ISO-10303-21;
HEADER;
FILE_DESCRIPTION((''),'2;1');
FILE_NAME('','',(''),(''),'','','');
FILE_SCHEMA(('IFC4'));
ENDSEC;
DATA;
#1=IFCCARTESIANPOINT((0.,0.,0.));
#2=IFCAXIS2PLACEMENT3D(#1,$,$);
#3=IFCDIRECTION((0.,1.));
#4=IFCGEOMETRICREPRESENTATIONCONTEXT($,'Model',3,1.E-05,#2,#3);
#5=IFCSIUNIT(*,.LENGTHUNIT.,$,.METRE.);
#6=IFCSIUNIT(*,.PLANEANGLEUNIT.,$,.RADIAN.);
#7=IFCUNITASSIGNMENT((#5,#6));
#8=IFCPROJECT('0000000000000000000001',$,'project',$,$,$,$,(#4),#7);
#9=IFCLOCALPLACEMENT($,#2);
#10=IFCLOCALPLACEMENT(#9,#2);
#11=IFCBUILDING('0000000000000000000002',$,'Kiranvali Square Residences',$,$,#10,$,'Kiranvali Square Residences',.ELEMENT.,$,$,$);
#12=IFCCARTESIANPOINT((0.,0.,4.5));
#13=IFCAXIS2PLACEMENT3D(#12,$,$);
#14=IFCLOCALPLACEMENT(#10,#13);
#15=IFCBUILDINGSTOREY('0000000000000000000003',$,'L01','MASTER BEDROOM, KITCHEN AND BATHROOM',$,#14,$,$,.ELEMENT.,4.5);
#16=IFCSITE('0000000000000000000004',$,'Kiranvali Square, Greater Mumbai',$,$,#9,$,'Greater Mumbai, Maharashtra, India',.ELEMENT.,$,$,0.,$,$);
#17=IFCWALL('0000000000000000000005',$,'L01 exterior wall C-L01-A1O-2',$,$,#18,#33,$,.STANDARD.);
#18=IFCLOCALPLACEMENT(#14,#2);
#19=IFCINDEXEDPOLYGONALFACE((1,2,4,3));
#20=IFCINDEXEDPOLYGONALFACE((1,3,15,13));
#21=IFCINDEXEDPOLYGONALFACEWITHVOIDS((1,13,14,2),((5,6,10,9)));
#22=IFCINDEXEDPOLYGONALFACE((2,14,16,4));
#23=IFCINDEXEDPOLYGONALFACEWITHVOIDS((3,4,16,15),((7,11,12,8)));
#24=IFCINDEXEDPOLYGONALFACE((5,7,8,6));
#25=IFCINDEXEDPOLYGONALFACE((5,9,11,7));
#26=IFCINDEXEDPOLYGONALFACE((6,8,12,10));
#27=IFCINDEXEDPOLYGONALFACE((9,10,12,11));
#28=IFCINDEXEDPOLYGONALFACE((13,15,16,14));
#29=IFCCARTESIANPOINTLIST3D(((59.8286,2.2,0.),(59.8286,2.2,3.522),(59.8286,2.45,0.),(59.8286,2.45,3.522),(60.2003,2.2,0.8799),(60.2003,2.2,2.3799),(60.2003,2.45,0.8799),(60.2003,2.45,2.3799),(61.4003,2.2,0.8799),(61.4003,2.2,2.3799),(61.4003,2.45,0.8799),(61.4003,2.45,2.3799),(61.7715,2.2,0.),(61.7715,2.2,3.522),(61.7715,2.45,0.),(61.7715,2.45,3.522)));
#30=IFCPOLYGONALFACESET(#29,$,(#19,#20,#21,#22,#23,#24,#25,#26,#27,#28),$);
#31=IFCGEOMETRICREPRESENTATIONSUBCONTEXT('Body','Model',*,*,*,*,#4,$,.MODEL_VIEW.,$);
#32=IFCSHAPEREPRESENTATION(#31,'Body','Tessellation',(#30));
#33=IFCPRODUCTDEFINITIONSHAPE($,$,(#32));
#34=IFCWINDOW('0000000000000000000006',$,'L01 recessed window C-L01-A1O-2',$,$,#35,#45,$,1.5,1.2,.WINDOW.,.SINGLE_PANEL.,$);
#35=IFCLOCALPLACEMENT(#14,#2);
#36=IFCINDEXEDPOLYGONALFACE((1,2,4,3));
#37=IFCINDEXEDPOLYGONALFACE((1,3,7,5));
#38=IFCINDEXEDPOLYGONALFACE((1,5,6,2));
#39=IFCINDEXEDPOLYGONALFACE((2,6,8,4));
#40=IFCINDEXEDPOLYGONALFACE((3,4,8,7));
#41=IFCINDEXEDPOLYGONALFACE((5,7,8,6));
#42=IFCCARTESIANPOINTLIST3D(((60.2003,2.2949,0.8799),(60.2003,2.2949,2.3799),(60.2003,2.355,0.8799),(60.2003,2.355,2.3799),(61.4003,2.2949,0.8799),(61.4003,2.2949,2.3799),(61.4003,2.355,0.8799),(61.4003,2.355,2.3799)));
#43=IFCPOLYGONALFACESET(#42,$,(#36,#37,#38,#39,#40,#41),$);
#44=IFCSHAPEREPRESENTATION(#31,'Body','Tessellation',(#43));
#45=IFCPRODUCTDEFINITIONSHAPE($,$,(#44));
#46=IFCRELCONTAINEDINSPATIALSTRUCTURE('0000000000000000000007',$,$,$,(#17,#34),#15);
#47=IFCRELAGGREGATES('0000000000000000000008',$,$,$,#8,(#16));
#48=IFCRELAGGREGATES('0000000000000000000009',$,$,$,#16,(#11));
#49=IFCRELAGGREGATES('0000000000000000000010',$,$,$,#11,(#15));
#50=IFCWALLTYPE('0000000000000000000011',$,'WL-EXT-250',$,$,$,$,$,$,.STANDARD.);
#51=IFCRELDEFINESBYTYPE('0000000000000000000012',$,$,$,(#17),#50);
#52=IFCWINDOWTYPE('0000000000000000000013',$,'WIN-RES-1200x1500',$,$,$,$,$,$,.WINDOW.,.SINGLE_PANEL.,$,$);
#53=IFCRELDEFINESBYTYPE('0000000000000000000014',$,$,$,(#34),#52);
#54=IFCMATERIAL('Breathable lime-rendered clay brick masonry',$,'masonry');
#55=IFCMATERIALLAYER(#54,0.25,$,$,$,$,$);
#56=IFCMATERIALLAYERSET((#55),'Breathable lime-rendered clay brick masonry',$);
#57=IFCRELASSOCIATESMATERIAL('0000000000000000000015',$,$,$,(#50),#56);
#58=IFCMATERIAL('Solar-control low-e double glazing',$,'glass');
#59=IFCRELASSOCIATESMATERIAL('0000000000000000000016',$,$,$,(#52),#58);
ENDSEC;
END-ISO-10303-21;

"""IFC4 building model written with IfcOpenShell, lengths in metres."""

from ifc_helpers import new_model, si_unit, direction, frame, frame_2d, origin, place, context, subcontext, project, spatial, rectangle, extrude, material, layer, layer_set, type_object, element, fill, save


model = new_model("IFC4")

# Units and contexts
model_context = context("Model", 3, precision=1e-05, world=origin(), true_north=direction((0.0, 1.0)))
body_context = subcontext(model_context, "Body", "Model", "MODEL_VIEW")
ifc_project = project(units=[si_unit("LENGTHUNIT", "METRE"), si_unit("PLANEANGLEUNIT", "RADIAN")], contexts=[model_context])

# Site, building, storey
site_placement = place(None, origin())
site = spatial("IfcSite", under=ifc_project, at=site_placement, Name="Kiranvali Square, Greater Mumbai", LongName="Greater Mumbai, Maharashtra, India", CompositionType="ELEMENT", RefElevation=0.0)
building_placement = place(site_placement, origin())
building = spatial("IfcBuilding", under=site, at=building_placement, Name="Kiranvali Square Residences", LongName="Kiranvali Square Residences", CompositionType="ELEMENT")
storey_placement = place(building_placement, frame((0.0, 0.0, 4.5)))
storey = spatial("IfcBuildingStorey", under=building, at=storey_placement, Name="L01", Description="MASTER BEDROOM, KITCHEN AND BATHROOM", CompositionType="ELEMENT", Elevation=4.5)

# Shared definitions
ifc_material_1 = material(Name="Solar-control low-e double glazing", Category="glass")

# Wall, opening, window
ifc_material_2 = material(Name="Breathable lime-rendered clay brick masonry", Category="masonry")
ifc_layer_1 = layer(ifc_material_2, 0.25)
ifc_layer_set_1 = layer_set([ifc_layer_1], Name="Breathable lime-rendered clay brick masonry")
wall_type = type_object("IfcWallType", Name="WL-EXT-250", PredefinedType="STANDARD", material=ifc_layer_set_1)
wall_placement = place(storey_placement, frame((59.8286, 2.325, 0.0), z_axis=(0.0, 0.0, 1.0), x_axis=(1.0, 0.0, 0.0)))
wall = element("IfcWall", 1, at=wall_placement, inside=storey, type_object=wall_type, Name="L01 exterior wall C-L01-A1O-2", PredefinedType="STANDARD", context=body_context, shape_type="SweptSolid", body=[
    extrude(rectangle(XDim=1.9429, YDim=0.25, at=frame_2d((0.9714, 0.0))), origin(), (0.0, 0.0, 1.0), 3.522),
])
opening_placement = place(wall_placement, frame((0.3716, 0.0, 0.8799)))
opening = element("IfcOpeningElement", 2, at=opening_placement, cuts=wall, PredefinedType="OPENING", context=body_context, shape_type="SweptSolid", body=[
    extrude(rectangle(XDim=1.2, YDim=1.5, at=frame_2d((0.6001, 0.75))), frame((0.0, 0.135, 0.0), z_axis=(0.0, -1.0, 0.0), x_axis=(1.0, 0.0, 0.0)), (0.0, 0.0, 1.0), 0.27),
])
window_type = type_object("IfcWindowType", Name="WIN-RES-1200x1500", PartitioningType="SINGLE_PANEL", PredefinedType="WINDOW", material=ifc_material_1)
window_placement = place(opening_placement, origin())
window = element("IfcWindow", 3, at=window_placement, inside=storey, type_object=window_type, Name="L01 recessed window C-L01-A1O-2", OverallHeight=1.5, OverallWidth=1.2, PartitioningType="SINGLE_PANEL", PredefinedType="WINDOW", context=body_context, shape_type="SweptSolid", body=[
    extrude(rectangle(XDim=1.2, YDim=1.5, at=frame_2d((0.6001, 0.75))), frame((0.0, 0.03, 0.0), z_axis=(0.0, -1.0, 0.0), x_axis=(1.0, 0.0, 0.0)), (0.0, 0.0, 1.0), 0.0601),
])
fill(opening, window)

save(model, "model.ifc")
